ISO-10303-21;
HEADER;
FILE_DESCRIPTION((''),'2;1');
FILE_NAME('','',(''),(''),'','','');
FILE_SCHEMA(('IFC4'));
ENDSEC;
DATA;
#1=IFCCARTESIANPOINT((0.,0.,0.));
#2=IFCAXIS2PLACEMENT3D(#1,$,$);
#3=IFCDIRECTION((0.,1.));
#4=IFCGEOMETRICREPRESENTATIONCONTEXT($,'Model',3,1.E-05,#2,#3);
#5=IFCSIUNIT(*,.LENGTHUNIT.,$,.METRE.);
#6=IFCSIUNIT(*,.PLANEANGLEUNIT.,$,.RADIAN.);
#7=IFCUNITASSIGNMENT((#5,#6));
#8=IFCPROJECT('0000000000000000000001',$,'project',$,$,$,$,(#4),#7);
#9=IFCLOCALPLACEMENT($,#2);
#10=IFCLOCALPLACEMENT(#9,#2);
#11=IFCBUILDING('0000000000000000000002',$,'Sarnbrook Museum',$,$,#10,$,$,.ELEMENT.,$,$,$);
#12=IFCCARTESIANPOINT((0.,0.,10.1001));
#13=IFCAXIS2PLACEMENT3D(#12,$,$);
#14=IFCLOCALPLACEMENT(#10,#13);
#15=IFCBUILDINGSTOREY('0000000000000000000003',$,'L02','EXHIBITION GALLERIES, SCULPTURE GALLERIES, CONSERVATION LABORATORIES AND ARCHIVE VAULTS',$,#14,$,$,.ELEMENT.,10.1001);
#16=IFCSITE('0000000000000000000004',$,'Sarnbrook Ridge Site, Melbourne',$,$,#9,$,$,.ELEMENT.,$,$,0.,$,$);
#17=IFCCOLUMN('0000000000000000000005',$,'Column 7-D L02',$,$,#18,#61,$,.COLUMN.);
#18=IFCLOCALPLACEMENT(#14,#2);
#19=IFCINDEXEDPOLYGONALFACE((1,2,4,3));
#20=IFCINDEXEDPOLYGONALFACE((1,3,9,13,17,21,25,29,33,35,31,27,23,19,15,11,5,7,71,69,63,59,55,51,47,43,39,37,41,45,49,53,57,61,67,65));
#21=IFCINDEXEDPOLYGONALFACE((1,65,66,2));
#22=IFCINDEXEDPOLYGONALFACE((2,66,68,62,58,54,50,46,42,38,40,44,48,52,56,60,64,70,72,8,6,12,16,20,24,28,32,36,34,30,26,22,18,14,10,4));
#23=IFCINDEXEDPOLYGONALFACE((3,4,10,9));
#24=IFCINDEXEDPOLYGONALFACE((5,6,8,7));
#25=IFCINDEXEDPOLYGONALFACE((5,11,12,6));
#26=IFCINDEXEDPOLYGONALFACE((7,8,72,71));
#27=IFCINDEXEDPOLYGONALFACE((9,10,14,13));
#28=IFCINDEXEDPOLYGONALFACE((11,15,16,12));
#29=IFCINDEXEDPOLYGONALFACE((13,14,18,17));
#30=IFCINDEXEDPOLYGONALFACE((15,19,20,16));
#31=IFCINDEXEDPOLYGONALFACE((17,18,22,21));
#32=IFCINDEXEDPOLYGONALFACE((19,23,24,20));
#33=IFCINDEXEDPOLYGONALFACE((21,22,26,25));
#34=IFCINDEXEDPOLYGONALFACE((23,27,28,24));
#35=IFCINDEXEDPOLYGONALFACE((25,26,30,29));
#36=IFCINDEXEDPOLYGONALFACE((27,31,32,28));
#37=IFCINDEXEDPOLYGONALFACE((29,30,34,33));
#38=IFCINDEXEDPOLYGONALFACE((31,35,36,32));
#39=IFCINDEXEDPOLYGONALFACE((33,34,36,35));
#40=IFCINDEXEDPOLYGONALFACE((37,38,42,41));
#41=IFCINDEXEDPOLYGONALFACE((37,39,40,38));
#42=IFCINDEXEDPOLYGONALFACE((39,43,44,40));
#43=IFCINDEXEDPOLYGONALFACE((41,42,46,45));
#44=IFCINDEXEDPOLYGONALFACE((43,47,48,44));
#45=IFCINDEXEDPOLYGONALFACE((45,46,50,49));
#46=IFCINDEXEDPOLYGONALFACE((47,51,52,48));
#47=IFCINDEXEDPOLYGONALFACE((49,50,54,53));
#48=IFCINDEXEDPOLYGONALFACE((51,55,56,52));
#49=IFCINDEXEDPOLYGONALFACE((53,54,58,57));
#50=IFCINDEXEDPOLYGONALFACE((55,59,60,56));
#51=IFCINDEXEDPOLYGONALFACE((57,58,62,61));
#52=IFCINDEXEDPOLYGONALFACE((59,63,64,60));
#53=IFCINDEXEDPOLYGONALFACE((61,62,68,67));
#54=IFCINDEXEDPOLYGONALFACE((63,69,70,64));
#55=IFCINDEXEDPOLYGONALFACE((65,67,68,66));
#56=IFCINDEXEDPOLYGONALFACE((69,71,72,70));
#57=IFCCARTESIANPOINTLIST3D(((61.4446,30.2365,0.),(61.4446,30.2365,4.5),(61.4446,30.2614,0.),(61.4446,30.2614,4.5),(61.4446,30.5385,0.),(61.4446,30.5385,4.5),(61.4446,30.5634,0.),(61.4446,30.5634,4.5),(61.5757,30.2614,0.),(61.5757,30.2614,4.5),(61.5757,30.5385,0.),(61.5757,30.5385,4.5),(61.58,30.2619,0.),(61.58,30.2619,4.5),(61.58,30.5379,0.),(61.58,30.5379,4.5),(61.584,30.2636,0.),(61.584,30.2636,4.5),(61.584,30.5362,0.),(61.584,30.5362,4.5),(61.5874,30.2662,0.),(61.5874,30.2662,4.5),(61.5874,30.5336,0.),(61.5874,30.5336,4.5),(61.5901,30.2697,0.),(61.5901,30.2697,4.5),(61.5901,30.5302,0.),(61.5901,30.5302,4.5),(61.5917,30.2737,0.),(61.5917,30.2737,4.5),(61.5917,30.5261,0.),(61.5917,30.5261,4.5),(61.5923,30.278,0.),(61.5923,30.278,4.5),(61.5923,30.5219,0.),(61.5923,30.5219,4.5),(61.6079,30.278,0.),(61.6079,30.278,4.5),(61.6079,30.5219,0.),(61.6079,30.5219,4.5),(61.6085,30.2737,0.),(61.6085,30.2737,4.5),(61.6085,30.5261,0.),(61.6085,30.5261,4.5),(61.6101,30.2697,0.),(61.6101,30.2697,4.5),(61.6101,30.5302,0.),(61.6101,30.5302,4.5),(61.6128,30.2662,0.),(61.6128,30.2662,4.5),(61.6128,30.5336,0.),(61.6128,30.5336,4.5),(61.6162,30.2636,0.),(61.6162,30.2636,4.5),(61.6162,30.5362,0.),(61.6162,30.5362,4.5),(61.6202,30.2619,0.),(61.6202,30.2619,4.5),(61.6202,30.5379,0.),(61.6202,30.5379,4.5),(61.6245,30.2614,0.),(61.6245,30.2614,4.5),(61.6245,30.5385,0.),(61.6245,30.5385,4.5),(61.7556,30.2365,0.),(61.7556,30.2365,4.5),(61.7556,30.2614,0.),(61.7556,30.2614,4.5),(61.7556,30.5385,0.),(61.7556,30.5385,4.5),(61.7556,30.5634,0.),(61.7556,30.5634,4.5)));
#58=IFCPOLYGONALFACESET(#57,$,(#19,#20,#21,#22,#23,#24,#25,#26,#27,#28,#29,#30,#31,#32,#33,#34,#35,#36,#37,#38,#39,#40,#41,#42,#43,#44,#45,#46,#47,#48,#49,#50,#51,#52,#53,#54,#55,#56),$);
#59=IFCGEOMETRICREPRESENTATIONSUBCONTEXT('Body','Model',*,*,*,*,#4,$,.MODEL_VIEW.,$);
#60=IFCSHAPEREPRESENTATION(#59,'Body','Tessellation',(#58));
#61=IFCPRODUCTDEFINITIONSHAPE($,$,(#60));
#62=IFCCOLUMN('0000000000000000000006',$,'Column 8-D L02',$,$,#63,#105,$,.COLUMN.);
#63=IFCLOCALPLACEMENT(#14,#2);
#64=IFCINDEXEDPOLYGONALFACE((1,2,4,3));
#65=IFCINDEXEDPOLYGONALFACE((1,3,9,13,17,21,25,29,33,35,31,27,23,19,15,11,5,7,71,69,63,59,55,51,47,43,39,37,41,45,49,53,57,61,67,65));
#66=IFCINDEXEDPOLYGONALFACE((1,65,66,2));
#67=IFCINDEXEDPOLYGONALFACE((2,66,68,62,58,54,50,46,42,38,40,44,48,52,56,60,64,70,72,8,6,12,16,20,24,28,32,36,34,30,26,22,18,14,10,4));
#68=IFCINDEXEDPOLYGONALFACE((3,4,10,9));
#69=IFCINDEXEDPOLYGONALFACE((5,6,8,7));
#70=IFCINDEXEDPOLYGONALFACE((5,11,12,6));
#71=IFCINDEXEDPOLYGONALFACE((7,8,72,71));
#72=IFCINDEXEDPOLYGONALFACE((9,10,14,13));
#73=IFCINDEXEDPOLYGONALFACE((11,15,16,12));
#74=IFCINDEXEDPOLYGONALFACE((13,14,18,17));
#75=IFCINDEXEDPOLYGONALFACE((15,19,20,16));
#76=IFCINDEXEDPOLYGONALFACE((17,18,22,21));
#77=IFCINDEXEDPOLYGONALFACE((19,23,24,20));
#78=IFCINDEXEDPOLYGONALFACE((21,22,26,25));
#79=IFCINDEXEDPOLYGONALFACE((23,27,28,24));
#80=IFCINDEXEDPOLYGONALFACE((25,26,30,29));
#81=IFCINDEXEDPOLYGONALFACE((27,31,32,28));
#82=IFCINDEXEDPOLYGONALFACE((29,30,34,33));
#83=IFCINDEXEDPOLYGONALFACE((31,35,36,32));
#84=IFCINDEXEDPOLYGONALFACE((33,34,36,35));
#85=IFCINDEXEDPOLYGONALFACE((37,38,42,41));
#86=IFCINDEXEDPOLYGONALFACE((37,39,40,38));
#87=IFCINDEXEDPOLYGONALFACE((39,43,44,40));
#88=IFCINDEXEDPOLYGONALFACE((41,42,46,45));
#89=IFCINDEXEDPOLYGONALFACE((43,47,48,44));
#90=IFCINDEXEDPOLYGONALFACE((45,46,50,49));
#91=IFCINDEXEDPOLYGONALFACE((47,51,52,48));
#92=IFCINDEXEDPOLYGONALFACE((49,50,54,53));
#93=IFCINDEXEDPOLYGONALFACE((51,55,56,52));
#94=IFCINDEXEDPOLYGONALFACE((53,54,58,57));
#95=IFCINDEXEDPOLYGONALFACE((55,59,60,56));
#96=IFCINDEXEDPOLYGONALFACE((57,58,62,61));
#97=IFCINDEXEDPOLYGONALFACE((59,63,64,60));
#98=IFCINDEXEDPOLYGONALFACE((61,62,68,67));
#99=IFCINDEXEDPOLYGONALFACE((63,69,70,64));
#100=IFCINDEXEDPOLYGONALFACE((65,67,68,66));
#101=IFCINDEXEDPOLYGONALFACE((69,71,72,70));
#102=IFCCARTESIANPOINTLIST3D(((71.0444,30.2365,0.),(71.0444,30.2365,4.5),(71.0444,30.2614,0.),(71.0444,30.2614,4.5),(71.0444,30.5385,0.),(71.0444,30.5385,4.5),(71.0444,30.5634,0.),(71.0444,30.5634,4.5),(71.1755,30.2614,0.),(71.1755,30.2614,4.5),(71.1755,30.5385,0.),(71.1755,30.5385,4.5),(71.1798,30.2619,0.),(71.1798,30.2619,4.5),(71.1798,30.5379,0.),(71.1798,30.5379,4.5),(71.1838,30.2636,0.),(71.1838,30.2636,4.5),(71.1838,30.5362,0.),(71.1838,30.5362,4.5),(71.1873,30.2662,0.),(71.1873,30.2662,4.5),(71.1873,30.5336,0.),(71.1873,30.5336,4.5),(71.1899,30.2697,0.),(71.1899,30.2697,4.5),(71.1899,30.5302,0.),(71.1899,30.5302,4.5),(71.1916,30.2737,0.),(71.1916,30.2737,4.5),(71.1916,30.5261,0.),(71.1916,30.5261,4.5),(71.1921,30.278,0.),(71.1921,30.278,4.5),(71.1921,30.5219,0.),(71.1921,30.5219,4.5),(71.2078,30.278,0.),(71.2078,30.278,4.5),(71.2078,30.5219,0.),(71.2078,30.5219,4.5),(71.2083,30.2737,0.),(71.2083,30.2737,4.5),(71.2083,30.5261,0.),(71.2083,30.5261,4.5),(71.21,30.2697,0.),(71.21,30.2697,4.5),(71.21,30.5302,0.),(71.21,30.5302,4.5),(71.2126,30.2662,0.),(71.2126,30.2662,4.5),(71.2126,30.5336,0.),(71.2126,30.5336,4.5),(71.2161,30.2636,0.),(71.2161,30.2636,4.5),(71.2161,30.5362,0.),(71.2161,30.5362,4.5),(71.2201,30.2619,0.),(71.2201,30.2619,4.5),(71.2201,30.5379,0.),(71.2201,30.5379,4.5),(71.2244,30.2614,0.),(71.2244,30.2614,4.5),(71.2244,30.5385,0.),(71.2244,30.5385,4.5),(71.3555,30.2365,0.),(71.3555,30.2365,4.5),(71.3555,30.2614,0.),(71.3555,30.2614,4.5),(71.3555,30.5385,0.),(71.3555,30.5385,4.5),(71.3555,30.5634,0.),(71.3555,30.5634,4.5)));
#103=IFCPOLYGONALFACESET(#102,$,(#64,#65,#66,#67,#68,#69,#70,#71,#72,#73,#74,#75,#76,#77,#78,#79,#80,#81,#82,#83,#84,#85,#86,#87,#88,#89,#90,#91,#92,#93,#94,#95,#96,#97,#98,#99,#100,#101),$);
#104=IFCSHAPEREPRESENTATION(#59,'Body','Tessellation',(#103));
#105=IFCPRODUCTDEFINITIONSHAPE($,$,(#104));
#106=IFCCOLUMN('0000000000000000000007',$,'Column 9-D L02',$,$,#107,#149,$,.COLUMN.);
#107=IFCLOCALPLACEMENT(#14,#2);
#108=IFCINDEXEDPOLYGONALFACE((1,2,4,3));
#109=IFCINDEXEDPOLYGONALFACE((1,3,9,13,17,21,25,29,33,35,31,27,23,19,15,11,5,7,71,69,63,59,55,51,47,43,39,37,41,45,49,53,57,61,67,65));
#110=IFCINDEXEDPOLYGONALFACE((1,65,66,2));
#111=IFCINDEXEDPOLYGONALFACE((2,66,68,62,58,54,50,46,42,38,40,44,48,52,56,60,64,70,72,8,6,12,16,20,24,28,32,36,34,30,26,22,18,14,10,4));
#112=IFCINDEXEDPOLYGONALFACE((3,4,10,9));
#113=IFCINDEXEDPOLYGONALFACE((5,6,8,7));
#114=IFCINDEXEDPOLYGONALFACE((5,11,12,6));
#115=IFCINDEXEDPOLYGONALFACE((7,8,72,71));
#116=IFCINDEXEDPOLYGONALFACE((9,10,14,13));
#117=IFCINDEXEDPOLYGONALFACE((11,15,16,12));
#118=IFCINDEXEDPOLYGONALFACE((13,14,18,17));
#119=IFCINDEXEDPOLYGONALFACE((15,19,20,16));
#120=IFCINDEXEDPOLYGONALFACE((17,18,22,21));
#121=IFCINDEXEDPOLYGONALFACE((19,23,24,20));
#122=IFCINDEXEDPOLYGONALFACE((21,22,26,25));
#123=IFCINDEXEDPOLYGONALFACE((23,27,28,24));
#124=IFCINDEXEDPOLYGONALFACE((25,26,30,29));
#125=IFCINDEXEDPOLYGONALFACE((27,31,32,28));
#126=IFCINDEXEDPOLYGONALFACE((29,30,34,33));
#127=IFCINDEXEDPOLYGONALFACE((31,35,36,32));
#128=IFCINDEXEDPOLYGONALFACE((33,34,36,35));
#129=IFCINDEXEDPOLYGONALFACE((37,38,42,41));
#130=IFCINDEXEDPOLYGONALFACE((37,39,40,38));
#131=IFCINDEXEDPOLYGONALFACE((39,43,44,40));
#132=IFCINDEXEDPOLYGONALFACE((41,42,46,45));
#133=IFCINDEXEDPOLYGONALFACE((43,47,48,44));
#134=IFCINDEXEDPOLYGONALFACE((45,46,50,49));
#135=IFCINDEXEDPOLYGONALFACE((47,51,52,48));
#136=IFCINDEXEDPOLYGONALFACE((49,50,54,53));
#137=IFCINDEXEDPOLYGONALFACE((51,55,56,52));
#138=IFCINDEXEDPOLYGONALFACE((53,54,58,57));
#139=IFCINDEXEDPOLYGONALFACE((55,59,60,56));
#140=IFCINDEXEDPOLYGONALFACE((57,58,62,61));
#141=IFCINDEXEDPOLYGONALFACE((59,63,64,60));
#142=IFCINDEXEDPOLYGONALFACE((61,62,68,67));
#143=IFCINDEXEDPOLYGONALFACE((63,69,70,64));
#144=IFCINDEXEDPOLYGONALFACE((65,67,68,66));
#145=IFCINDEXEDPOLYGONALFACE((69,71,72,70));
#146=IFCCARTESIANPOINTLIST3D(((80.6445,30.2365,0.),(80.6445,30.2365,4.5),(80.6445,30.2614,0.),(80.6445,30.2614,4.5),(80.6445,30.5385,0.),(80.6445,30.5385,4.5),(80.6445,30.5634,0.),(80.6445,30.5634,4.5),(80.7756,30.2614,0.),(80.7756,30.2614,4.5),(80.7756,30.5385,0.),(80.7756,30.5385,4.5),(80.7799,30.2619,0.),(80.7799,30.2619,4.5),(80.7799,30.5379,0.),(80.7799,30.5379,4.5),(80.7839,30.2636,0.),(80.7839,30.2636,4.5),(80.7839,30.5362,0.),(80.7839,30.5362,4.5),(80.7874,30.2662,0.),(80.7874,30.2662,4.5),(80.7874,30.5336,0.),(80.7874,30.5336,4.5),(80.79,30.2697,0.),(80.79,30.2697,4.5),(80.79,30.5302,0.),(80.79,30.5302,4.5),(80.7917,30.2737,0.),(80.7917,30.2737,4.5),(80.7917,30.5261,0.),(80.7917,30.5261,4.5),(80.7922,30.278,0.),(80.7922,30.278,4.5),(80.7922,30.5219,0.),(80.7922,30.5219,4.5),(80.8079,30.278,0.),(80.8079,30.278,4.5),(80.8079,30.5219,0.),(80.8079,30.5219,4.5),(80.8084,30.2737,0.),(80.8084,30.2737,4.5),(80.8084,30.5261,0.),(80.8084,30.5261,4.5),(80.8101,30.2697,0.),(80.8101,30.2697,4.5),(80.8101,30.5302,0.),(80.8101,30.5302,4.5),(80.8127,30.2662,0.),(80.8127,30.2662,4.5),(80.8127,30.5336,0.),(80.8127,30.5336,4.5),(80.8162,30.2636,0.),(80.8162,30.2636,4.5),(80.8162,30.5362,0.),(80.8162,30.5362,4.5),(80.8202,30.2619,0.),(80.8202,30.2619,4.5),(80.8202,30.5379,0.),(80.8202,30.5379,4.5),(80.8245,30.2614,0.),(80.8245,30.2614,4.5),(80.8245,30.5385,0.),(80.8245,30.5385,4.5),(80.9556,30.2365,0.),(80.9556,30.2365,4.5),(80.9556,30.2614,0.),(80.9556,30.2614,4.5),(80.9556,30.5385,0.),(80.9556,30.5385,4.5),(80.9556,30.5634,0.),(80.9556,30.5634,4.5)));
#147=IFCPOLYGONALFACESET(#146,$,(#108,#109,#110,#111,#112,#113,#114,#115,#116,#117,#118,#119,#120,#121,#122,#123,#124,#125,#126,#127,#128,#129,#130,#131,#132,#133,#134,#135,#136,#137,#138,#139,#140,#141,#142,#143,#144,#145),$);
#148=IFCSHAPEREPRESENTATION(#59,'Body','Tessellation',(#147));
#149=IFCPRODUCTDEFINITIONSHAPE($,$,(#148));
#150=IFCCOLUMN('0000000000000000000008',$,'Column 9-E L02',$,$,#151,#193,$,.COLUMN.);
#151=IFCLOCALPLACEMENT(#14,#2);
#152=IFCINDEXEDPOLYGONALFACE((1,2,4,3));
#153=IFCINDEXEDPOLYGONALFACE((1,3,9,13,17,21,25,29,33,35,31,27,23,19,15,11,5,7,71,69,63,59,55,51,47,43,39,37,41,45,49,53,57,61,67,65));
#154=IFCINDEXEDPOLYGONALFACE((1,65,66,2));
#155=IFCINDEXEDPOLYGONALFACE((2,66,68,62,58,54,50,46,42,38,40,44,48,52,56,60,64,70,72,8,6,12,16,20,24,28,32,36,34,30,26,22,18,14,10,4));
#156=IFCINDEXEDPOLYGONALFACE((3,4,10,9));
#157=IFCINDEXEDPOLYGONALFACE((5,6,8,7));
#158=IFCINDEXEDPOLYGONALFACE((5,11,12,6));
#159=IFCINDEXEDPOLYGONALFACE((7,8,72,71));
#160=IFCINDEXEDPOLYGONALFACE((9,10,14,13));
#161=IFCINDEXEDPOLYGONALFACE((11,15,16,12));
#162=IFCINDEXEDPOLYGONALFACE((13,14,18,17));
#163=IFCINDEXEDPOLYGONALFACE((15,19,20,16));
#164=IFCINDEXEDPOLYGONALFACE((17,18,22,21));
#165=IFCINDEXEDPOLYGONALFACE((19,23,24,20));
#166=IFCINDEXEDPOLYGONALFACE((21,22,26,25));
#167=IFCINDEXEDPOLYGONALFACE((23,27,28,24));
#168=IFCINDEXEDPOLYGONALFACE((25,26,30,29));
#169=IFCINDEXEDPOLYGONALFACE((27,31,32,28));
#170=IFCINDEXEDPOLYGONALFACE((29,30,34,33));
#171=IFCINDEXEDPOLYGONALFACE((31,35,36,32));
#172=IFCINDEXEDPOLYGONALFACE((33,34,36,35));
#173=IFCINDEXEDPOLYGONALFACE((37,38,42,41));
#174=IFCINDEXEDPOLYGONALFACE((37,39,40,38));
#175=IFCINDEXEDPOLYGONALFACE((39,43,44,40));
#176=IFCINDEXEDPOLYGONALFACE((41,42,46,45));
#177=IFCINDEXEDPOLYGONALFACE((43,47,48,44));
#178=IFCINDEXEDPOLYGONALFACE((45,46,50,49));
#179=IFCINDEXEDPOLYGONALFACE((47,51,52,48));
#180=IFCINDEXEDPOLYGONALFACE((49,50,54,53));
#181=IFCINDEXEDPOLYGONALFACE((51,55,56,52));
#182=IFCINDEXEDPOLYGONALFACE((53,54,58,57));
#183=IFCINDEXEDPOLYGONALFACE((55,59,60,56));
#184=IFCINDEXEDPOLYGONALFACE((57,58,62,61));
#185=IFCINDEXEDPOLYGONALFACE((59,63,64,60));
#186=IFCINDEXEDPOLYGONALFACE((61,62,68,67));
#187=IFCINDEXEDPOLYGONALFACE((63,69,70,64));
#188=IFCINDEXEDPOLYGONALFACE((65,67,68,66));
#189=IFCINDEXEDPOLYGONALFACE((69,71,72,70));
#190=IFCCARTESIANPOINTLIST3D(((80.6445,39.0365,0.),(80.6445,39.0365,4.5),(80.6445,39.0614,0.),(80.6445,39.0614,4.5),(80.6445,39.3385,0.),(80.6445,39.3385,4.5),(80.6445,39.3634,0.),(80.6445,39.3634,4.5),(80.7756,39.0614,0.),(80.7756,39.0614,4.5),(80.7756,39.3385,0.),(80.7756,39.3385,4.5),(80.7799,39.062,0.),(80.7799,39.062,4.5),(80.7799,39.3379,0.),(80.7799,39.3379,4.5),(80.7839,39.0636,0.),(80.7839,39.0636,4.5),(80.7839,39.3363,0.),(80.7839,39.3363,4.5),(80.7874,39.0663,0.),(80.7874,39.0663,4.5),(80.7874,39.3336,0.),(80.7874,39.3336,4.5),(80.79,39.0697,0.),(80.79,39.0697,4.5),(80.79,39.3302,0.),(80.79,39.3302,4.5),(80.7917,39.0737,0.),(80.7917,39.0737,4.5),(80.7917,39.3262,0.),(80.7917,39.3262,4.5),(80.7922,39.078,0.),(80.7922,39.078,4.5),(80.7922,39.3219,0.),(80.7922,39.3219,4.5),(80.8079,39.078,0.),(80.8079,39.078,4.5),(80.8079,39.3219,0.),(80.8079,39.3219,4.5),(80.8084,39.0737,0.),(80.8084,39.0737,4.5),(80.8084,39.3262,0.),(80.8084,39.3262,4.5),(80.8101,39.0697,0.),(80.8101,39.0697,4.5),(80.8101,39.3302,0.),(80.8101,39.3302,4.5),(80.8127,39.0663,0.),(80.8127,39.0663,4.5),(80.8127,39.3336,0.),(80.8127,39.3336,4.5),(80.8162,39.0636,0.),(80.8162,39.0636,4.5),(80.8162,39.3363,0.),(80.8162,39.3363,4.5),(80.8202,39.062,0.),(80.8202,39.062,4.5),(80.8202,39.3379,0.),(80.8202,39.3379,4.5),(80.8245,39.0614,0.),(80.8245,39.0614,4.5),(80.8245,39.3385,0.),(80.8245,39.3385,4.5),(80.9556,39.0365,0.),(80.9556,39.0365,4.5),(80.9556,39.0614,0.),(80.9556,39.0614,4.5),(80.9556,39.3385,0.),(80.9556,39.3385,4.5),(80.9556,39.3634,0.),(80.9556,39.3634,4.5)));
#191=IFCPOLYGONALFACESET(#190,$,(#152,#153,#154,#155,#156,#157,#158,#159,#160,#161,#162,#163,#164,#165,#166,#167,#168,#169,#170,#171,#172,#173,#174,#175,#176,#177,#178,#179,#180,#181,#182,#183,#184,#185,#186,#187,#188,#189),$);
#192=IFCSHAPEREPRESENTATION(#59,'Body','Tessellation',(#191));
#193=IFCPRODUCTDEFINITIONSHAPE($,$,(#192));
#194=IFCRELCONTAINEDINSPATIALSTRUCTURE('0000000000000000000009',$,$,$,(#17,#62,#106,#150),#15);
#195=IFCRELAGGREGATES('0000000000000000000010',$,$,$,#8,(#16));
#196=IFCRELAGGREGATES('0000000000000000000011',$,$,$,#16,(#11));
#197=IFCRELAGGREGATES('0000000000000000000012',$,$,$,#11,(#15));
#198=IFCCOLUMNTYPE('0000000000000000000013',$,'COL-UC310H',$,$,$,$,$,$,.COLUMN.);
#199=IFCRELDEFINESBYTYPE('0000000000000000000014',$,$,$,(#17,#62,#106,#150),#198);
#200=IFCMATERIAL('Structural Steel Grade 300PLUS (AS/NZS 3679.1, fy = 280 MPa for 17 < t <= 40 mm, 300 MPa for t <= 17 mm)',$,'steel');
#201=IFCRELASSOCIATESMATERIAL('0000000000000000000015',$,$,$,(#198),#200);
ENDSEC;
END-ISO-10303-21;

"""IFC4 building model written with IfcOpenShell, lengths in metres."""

from ifc_helpers import new_model, si_unit, direction, frame, origin, origin_2d, place, context, subcontext, project, spatial, i_section, extrude, material, material_profile, profile_set, type_object, element, save


model = new_model("IFC4")

# Units and contexts
model_context = context("Model", 3, precision=1e-05, world=origin(), true_north=direction((0.0, 1.0)))
body_context = subcontext(model_context, "Body", "Model", "MODEL_VIEW")
ifc_project = project(units=[si_unit("LENGTHUNIT", "METRE"), si_unit("PLANEANGLEUNIT", "RADIAN")], contexts=[model_context])

# Site, building, storey
site_placement = place(None, origin())
site = spatial("IfcSite", under=ifc_project, at=site_placement, Name="Sarnbrook Ridge Site, Melbourne", CompositionType="ELEMENT", RefElevation=0.0)
building_placement = place(site_placement, origin())
building = spatial("IfcBuilding", under=site, at=building_placement, Name="Sarnbrook Museum", CompositionType="ELEMENT")
storey_placement = place(building_placement, frame((0.0, 0.0, 10.1001)))
storey = spatial("IfcBuildingStorey", under=building, at=storey_placement, Name="L02", Description="EXHIBITION GALLERIES, SCULPTURE GALLERIES, CONSERVATION LABORATORIES AND ARCHIVE VAULTS", CompositionType="ELEMENT", Elevation=10.1001)

# Columns
ifc_material_1 = material(Name="Structural Steel Grade 300PLUS (AS/NZS 3679.1, fy = 280 MPa for 17 < t <= 40 mm, 300 MPa for t <= 17 mm)", Category="steel")
ifc_material_profile_1 = material_profile(ifc_material_1, i_section(OverallWidth=0.311, OverallDepth=0.3269, WebThickness=0.0156, FlangeThickness=0.0249, FilletRadius=0.0166, at=origin_2d()), Name="310UC158")
ifc_profile_set_1 = profile_set([ifc_material_profile_1], Name="Structural Steel Grade 300PLUS (AS/NZS 3679.1, fy = 280 MPa for 17 < t <= 40 mm, 300 MPa for t <= 17 mm)")
column_type = type_object("IfcColumnType", Name="COL-UC310H", PredefinedType="COLUMN", material=ifc_profile_set_1)
for number, where, z_axis, x_axis, name in (
    (1, (61.6001, 30.3999, 0.0), (0.0, 0.0, 1.0), (1.0, 0.0, 0.0), "Column 7-D L02"),
    (2, (71.2, 30.3999, 0.0), (0.0, 0.0, 1.0), (1.0, 0.0, 0.0), "Column 8-D L02"),
    (3, (80.8, 30.3999, 0.0), (0.0, 0.0, 1.0), (1.0, 0.0, 0.0), "Column 9-D L02"),
    (4, (80.8, 39.2, 0.0), (0.0, 0.0, 1.0), (1.0, 0.0, 0.0), "Column 9-E L02"),
):
    element("IfcColumn", number, at=place(storey_placement, frame(where, z_axis=z_axis, x_axis=x_axis)), inside=storey, type_object=column_type, Name=name, PredefinedType="COLUMN", context=body_context, shape_type="SweptSolid", body=[
        extrude(i_section(OverallWidth=0.311, OverallDepth=0.3269, WebThickness=0.0156, FlangeThickness=0.0249, FilletRadius=0.0166, at=origin_2d()), origin(), (0.0, 0.0, 1.0), 4.5),
    ])

save(model, "model.ifc")
